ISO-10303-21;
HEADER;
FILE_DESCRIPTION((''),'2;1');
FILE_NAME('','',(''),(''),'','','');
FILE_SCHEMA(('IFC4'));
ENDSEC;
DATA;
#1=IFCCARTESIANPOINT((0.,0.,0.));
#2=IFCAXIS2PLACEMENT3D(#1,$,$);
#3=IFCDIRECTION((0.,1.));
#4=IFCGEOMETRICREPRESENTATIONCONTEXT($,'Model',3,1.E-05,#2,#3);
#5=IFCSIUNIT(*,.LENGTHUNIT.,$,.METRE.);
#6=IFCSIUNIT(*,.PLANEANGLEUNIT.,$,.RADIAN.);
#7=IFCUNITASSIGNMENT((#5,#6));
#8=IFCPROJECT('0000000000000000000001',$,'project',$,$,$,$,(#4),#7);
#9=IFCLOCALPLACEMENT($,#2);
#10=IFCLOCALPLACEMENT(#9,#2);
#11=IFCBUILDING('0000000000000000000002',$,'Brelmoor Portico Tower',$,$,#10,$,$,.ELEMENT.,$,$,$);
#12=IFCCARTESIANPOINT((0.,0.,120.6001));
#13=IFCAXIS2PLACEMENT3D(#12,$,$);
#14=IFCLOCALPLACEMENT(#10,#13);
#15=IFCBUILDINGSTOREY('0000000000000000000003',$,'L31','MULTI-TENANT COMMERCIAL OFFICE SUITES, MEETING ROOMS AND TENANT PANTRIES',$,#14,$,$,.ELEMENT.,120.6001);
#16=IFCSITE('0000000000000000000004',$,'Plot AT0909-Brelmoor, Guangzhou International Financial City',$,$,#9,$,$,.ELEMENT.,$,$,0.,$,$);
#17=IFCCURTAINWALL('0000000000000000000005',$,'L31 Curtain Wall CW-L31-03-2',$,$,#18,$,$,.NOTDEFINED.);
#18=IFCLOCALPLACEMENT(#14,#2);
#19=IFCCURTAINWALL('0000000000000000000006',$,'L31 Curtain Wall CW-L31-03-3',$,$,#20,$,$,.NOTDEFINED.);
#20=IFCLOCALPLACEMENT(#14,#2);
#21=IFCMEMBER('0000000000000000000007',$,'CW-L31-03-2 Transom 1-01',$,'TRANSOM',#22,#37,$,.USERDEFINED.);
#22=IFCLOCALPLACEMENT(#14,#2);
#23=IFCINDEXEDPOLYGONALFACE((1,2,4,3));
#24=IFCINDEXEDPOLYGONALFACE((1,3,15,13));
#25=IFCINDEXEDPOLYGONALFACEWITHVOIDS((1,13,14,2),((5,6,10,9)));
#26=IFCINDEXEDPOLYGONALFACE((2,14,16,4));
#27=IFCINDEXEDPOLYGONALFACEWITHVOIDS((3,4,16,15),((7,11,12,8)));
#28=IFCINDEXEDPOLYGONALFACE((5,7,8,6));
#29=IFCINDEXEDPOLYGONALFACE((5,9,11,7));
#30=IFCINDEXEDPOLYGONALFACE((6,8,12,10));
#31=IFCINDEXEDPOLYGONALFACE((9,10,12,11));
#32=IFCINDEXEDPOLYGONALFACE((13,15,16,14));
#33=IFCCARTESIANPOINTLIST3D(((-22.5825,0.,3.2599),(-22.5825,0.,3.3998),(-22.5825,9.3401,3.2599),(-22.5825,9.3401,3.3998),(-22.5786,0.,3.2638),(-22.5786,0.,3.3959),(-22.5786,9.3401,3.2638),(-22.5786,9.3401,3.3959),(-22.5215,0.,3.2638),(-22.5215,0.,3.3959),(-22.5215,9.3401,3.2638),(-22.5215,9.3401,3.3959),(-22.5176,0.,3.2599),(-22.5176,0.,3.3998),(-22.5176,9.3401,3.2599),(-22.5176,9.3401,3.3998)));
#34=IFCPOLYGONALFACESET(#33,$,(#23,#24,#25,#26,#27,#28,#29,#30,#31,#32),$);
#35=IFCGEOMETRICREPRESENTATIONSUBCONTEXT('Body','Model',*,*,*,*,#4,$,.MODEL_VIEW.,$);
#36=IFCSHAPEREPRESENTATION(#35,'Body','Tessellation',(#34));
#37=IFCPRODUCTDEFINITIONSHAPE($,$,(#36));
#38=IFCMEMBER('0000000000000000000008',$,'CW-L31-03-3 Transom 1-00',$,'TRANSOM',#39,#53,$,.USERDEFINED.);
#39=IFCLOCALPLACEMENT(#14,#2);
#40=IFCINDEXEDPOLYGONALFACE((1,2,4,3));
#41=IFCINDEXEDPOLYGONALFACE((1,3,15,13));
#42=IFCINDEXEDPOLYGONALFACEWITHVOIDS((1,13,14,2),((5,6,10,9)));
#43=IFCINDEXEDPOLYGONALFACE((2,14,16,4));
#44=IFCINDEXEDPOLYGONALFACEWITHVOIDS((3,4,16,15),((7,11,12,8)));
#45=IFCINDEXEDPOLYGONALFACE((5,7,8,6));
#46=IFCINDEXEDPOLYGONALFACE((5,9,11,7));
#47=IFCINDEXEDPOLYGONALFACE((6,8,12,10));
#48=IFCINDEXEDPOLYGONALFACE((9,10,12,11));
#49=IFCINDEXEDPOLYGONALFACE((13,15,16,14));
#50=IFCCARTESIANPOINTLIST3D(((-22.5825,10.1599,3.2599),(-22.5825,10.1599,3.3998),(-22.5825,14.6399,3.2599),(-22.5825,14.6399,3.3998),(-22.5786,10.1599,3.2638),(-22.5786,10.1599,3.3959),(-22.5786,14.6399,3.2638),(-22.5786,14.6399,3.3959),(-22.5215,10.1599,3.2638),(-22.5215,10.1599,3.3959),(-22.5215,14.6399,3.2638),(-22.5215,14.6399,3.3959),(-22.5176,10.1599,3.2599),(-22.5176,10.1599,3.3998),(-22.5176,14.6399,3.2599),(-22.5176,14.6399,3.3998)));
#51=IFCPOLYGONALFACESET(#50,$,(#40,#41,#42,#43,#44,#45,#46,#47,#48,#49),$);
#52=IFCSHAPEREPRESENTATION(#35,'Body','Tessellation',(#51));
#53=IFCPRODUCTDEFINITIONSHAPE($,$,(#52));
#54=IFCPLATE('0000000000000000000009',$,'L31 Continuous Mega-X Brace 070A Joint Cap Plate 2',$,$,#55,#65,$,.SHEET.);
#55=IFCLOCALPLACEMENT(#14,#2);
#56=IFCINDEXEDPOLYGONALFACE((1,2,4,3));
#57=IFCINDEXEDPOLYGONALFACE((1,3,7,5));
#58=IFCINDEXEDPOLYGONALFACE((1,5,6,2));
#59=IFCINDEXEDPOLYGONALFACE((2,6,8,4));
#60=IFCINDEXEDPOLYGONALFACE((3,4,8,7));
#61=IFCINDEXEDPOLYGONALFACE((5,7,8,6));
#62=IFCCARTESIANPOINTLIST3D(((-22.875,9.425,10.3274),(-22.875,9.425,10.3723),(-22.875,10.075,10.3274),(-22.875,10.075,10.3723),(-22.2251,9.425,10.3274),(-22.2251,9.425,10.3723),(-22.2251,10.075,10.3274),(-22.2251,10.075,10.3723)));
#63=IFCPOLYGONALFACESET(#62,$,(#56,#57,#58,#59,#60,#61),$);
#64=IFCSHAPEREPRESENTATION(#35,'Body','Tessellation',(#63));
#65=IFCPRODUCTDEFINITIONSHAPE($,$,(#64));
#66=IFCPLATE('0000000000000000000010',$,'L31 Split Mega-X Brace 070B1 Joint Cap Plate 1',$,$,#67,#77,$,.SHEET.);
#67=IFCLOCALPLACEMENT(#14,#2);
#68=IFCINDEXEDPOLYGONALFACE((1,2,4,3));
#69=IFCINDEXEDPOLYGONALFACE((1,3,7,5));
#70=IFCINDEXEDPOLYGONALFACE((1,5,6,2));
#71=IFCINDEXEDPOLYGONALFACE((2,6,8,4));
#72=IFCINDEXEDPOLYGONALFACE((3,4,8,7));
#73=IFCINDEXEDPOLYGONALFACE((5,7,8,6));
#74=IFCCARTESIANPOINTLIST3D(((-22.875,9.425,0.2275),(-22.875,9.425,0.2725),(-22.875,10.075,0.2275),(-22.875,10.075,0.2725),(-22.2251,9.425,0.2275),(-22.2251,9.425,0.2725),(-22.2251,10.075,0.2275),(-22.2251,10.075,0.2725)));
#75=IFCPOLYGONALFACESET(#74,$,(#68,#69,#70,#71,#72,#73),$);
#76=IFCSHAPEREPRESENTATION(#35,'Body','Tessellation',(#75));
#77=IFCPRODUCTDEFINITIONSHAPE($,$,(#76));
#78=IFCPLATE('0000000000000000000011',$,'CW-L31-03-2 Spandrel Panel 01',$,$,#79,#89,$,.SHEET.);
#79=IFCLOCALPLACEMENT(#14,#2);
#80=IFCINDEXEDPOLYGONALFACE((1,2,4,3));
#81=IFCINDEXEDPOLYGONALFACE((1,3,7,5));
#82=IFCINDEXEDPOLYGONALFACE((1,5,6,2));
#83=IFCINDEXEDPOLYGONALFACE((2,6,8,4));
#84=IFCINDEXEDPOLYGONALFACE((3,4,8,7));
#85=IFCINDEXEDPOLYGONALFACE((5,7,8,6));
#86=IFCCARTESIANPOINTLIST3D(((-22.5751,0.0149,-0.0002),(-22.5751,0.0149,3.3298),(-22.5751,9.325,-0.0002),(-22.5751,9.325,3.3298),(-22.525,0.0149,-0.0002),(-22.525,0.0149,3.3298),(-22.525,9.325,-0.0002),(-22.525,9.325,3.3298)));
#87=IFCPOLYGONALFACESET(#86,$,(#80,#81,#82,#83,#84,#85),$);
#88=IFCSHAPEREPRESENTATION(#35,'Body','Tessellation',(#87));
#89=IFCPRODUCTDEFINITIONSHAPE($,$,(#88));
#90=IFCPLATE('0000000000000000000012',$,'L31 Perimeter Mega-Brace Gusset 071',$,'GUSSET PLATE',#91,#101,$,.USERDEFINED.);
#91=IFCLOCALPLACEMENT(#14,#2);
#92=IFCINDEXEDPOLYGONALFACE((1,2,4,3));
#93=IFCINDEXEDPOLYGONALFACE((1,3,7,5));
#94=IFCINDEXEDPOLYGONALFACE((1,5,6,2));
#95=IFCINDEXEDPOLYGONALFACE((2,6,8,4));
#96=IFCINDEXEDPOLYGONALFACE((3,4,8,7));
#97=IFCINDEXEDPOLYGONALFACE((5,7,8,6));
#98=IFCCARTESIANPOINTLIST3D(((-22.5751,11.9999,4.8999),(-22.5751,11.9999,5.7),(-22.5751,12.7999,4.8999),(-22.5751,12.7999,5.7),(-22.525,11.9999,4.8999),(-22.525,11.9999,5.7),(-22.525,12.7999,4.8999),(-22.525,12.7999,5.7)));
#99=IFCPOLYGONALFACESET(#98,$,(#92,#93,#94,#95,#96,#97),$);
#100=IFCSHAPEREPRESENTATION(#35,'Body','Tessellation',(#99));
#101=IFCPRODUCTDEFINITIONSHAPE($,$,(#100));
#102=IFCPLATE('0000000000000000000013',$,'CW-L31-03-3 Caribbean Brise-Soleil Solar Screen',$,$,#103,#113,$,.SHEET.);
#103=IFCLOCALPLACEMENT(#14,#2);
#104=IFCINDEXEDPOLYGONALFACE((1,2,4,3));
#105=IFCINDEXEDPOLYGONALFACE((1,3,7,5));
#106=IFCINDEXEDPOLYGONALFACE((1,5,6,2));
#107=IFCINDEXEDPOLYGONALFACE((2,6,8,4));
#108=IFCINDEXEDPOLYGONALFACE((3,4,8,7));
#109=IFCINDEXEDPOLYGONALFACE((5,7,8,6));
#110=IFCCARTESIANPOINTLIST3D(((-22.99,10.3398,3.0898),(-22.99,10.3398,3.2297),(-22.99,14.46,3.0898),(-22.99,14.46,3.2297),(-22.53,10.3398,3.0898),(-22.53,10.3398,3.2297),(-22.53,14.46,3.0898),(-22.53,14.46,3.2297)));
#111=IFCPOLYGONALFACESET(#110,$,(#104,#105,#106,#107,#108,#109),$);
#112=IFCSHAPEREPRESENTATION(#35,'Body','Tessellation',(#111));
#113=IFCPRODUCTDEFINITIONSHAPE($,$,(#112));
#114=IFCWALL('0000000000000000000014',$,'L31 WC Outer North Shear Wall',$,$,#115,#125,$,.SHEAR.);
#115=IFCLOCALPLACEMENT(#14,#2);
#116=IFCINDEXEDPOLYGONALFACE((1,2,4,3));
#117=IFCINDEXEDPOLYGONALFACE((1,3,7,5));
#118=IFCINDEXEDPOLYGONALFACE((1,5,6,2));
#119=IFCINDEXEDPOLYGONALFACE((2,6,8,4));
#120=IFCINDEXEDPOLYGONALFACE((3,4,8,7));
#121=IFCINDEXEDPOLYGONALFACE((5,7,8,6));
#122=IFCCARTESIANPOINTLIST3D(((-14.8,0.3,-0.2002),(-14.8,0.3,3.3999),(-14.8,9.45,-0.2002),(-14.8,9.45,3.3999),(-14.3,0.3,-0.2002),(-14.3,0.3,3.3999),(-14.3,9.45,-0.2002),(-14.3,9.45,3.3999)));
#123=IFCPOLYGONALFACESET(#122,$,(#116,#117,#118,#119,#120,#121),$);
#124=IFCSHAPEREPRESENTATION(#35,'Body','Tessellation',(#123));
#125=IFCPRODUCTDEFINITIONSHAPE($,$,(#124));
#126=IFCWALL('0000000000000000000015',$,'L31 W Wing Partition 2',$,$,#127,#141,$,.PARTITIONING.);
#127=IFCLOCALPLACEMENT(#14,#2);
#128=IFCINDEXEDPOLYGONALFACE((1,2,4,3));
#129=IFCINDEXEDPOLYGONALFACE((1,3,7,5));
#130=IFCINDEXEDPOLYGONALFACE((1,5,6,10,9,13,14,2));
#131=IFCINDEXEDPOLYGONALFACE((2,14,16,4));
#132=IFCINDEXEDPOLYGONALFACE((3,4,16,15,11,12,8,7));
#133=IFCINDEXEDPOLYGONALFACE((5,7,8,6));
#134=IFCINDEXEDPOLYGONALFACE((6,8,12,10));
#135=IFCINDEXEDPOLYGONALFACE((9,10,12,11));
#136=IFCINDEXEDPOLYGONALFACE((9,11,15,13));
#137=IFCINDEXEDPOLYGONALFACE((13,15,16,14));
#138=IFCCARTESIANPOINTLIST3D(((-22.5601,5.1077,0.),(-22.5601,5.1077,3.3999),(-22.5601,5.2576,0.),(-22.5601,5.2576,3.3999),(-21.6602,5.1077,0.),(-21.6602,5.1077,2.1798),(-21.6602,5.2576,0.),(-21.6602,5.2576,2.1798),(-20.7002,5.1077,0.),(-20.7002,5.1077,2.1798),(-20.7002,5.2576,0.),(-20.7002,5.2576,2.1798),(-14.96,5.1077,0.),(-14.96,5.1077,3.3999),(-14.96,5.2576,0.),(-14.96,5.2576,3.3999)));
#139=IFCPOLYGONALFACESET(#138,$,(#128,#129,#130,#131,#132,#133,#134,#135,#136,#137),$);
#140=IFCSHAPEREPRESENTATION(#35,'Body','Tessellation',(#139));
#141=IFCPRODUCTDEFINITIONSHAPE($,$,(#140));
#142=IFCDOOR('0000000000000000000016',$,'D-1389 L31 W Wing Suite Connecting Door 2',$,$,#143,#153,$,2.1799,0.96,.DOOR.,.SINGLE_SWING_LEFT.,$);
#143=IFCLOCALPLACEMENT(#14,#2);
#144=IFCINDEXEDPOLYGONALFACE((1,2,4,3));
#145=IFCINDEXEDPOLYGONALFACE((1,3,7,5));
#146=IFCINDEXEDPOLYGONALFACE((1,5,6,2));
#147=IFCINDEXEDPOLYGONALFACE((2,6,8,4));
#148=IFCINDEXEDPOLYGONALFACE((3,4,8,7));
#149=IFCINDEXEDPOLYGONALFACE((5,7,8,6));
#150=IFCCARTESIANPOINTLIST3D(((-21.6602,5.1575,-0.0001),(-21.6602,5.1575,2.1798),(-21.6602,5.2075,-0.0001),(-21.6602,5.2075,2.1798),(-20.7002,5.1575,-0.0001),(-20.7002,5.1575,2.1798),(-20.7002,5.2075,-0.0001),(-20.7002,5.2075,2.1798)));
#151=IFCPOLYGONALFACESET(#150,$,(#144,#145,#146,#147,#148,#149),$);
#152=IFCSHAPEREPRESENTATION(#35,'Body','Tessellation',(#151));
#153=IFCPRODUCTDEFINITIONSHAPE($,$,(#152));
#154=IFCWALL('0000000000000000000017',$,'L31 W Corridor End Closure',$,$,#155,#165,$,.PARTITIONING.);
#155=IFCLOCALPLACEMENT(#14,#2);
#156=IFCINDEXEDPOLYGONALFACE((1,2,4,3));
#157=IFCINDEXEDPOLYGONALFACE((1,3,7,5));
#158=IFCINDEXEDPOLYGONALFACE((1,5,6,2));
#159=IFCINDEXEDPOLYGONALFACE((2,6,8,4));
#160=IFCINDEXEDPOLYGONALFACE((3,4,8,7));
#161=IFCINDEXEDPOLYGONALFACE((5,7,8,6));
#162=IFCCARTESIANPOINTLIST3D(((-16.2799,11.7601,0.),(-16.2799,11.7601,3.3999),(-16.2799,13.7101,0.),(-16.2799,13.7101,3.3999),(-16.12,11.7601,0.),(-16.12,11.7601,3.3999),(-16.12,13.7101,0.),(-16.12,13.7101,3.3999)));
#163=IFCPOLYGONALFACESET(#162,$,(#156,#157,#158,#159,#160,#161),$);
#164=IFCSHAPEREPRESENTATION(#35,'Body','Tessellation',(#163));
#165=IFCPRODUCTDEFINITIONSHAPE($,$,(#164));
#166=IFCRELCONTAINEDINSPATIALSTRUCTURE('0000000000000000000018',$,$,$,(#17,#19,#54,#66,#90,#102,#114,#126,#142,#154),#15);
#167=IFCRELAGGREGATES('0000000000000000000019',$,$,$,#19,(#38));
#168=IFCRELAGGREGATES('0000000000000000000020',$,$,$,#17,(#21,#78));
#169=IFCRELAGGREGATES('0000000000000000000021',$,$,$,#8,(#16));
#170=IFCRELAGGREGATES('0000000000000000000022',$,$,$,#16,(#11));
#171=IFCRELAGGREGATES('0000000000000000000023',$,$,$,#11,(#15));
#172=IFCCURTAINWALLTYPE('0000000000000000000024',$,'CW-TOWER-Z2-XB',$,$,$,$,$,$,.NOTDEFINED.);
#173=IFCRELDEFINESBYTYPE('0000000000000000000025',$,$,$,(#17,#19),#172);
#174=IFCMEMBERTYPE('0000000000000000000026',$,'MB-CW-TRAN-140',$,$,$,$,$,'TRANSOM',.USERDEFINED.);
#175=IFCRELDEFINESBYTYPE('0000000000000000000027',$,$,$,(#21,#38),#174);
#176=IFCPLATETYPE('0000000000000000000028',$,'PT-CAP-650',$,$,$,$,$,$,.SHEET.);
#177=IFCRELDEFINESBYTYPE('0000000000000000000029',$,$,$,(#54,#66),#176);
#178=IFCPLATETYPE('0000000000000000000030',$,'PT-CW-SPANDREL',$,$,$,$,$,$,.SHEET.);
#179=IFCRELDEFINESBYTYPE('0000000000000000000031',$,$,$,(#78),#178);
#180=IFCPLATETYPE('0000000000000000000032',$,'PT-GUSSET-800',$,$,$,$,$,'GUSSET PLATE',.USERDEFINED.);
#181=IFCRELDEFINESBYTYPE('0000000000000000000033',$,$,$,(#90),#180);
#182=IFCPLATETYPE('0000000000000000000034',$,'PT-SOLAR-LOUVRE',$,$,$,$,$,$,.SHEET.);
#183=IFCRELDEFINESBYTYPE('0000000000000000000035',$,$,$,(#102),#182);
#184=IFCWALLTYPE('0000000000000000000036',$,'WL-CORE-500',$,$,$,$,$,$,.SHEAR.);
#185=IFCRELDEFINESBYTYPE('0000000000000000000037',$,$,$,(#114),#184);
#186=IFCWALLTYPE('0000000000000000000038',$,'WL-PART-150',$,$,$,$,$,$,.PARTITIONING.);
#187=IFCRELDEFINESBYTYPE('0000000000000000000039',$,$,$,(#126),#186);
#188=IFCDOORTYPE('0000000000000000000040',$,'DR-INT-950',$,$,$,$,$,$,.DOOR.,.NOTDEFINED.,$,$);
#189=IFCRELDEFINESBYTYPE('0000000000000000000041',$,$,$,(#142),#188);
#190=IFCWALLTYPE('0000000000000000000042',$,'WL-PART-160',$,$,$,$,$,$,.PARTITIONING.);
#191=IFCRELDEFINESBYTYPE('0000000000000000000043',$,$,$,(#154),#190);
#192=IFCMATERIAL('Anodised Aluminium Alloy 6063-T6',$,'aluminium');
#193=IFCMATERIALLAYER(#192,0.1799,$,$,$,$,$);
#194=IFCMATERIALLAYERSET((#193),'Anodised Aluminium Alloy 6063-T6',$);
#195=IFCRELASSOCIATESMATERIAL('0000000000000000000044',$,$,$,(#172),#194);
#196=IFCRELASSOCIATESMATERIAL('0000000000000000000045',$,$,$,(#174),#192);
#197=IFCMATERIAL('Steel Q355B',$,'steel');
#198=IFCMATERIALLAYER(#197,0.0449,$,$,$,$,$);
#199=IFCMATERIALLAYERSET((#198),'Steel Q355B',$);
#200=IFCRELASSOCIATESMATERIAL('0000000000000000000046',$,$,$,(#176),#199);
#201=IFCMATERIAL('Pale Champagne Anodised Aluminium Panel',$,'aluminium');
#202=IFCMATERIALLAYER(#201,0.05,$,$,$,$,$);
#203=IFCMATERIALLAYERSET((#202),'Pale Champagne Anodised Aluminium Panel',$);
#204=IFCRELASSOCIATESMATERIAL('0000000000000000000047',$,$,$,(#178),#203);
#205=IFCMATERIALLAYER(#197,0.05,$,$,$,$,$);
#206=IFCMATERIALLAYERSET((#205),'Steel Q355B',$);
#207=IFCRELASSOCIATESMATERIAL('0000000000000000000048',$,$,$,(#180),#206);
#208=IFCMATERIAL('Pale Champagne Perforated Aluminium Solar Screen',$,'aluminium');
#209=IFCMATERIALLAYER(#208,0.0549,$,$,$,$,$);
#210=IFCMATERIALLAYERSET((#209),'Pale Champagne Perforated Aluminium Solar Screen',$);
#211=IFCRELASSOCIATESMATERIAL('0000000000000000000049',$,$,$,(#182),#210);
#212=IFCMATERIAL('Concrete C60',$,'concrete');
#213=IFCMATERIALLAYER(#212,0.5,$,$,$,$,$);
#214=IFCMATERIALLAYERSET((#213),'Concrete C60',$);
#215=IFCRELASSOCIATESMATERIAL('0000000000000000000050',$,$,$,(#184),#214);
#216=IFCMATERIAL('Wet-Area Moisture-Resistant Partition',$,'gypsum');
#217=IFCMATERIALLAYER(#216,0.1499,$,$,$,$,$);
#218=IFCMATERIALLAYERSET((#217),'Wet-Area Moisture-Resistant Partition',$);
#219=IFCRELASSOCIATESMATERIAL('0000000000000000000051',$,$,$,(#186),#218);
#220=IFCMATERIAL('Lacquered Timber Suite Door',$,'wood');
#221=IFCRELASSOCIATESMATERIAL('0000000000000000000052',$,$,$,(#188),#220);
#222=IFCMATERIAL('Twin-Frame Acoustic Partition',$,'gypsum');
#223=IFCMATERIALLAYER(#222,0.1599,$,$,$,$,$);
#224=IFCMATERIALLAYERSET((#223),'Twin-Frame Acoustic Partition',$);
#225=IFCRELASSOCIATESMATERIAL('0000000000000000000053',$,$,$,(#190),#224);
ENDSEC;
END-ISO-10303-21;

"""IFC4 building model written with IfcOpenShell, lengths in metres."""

from ifc_helpers import new_model, si_unit, direction, frame, frame_2d, origin, origin_2d, place, context, subcontext, project, spatial, rectangle, hollow_rectangle, extrude, material, layer, layer_set, material_profile, profile_set, type_object, element, fill, aggregate, save


model = new_model("IFC4")

# Units and contexts
model_context = context("Model", 3, precision=1e-05, world=origin(), true_north=direction((0.0, 1.0)))
body_context = subcontext(model_context, "Body", "Model", "MODEL_VIEW")
ifc_project = project(units=[si_unit("LENGTHUNIT", "METRE"), si_unit("PLANEANGLEUNIT", "RADIAN")], contexts=[model_context])

# Site, building, storey
site_placement = place(None, origin())
site = spatial("IfcSite", under=ifc_project, at=site_placement, Name="Plot AT0909-Brelmoor, Guangzhou International Financial City", CompositionType="ELEMENT", RefElevation=0.0)
building_placement = place(site_placement, origin())
building = spatial("IfcBuilding", under=site, at=building_placement, Name="Brelmoor Portico Tower", CompositionType="ELEMENT")
storey_placement = place(building_placement, frame((0.0, 0.0, 120.6001)))
storey = spatial("IfcBuildingStorey", under=building, at=storey_placement, Name="L31", Description="MULTI-TENANT COMMERCIAL OFFICE SUITES, MEETING ROOMS AND TENANT PANTRIES", CompositionType="ELEMENT", Elevation=120.6001)

# Shared definitions
ifc_material_1 = material(Name="Steel Q355B", Category="steel")

# Curtain wall
ifc_material_2 = material(Name="Anodised Aluminium Alloy 6063-T6", Category="aluminium")
ifc_layer_1 = layer(ifc_material_2, 0.1799)
ifc_layer_set_1 = layer_set([ifc_layer_1], Name="Anodised Aluminium Alloy 6063-T6")
curtain_wall_type = type_object("IfcCurtainWallType", Name="CW-TOWER-Z2-XB", PredefinedType="NOTDEFINED", material=ifc_layer_set_1)
curtain_wall_1_placement = place(storey_placement, origin())
curtain_wall_1 = element("IfcCurtainWall", 1, at=curtain_wall_1_placement, inside=storey, type_object=curtain_wall_type, Name="L31 Curtain Wall CW-L31-03-2", PredefinedType="NOTDEFINED")

# Curtain wall
curtain_wall_2_placement = place(storey_placement, origin())
curtain_wall_2 = element("IfcCurtainWall", 2, at=curtain_wall_2_placement, inside=storey, type_object=curtain_wall_type, Name="L31 Curtain Wall CW-L31-03-3", PredefinedType="NOTDEFINED")

# Members
ifc_material_profile_1 = material_profile(ifc_material_2, hollow_rectangle(XDim=0.0649, YDim=0.1399, WallThickness=0.0039, at=origin_2d()), Name="ALU TRANSOM 65x140")
ifc_profile_set_1 = profile_set([ifc_material_profile_1], Name="Anodised Aluminium Alloy 6063-T6")
member_type_1 = type_object("IfcMemberType", Name="MB-CW-TRAN-140", ElementType="TRANSOM", PredefinedType="USERDEFINED", material=ifc_profile_set_1)
member_1_placement = place(storey_placement, frame((-22.55, 0.0, 3.3298), z_axis=(0.0, 1.0, 0.0), x_axis=(-1.0, 0.0, 0.0)))
member_1 = element("IfcMember", 3, at=member_1_placement, type_object=member_type_1, Name="CW-L31-03-2 Transom 1-01", ObjectType="TRANSOM", PredefinedType="USERDEFINED", context=body_context, shape_type="SweptSolid", body=[
    extrude(hollow_rectangle(XDim=0.0649, YDim=0.1399, WallThickness=0.0039, at=origin_2d()), origin(), (0.0, 0.0, 1.0), 9.3401),
])
member_2_placement = place(storey_placement, frame((-22.55, 10.1599, 3.3298), z_axis=(0.0, 1.0, 0.0), x_axis=(-1.0, 0.0, 0.0)))
member_2 = element("IfcMember", 4, at=member_2_placement, type_object=member_type_1, Name="CW-L31-03-3 Transom 1-00", ObjectType="TRANSOM", PredefinedType="USERDEFINED", context=body_context, shape_type="SweptSolid", body=[
    extrude(hollow_rectangle(XDim=0.0649, YDim=0.1399, WallThickness=0.0039, at=origin_2d()), origin(), (0.0, 0.0, 1.0), 4.48),
])
aggregate(curtain_wall_2, [member_2])

# Plates
ifc_layer_2 = layer(ifc_material_1, 0.0449)
ifc_layer_set_2 = layer_set([ifc_layer_2], Name="Steel Q355B")
plate_type_1 = type_object("IfcPlateType", Name="PT-CAP-650", PredefinedType="SHEET", material=ifc_layer_set_2)
for number, where, z_axis, x_axis, name in (
    (5, (-22.55, 9.75, 10.3274), (0.0, 0.0, 1.0), (1.0, 0.0, 0.0), "L31 Continuous Mega-X Brace 070A Joint Cap Plate 2"),
    (6, (-22.55, 9.75, 0.2275), (0.0, 0.0, 1.0), (1.0, 0.0, 0.0), "L31 Split Mega-X Brace 070B1 Joint Cap Plate 1"),
):
    element("IfcPlate", number, at=place(storey_placement, frame(where, z_axis=z_axis, x_axis=x_axis)), inside=storey, type_object=plate_type_1, Name=name, PredefinedType="SHEET", context=body_context, shape_type="SweptSolid", body=[
        extrude(rectangle(XDim=0.6499, YDim=0.6499, at=origin_2d()), origin(), (0.0, 0.0, 1.0), 0.0449),
    ])

# Plate
ifc_material_3 = material(Name="Pale Champagne Anodised Aluminium Panel", Category="aluminium")
ifc_layer_3 = layer(ifc_material_3, 0.05)
ifc_layer_set_3 = layer_set([ifc_layer_3], Name="Pale Champagne Anodised Aluminium Panel")
plate_type_2 = type_object("IfcPlateType", Name="PT-CW-SPANDREL", PredefinedType="SHEET", material=ifc_layer_set_3)
plate_1_placement = place(storey_placement, frame((-22.55, 4.6699, -0.0002), z_axis=(0.0, 0.0, 1.0), x_axis=(0.0, 1.0, 0.0)))
plate_1 = element("IfcPlate", 7, at=plate_1_placement, type_object=plate_type_2, Name="CW-L31-03-2 Spandrel Panel 01", PredefinedType="SHEET", context=body_context, shape_type="SweptSolid", body=[
    extrude(rectangle(XDim=9.3101, YDim=0.05, at=origin_2d()), origin(), (0.0, 0.0, 1.0), 3.3301),
])
aggregate(curtain_wall_1, [member_1, plate_1])

# Plates
ifc_layer_4 = layer(ifc_material_1, 0.05)
ifc_layer_set_4 = layer_set([ifc_layer_4], Name="Steel Q355B")
plate_type_3 = type_object("IfcPlateType", Name="PT-GUSSET-800", ElementType="GUSSET PLATE", PredefinedType="USERDEFINED", material=ifc_layer_set_4)
plate_2_placement = place(storey_placement, frame((-22.55, 12.3999, 4.8999), z_axis=(0.0, 0.0, 1.0), x_axis=(1.0, 0.0, 0.0)))
element("IfcPlate", 8, at=plate_2_placement, inside=storey, type_object=plate_type_3, Name="L31 Perimeter Mega-Brace Gusset 071", ObjectType="GUSSET PLATE", PredefinedType="USERDEFINED", context=body_context, shape_type="SweptSolid", body=[
    extrude(rectangle(XDim=0.05, YDim=0.8, at=origin_2d()), origin(), (0.0, 0.0, 1.0), 0.8),
])
ifc_material_4 = material(Name="Pale Champagne Perforated Aluminium Solar Screen", Category="aluminium")
ifc_layer_5 = layer(ifc_material_4, 0.0549)
ifc_layer_set_5 = layer_set([ifc_layer_5], Name="Pale Champagne Perforated Aluminium Solar Screen")
plate_type_4 = type_object("IfcPlateType", Name="PT-SOLAR-LOUVRE", PredefinedType="SHEET", material=ifc_layer_set_5)
plate_3_placement = place(storey_placement, frame((-22.76, 12.3999, 3.0898), z_axis=(0.0, 0.0, 1.0), x_axis=(0.0, 1.0, 0.0)))
element("IfcPlate", 9, at=plate_3_placement, inside=storey, type_object=plate_type_4, Name="CW-L31-03-3 Caribbean Brise-Soleil Solar Screen", PredefinedType="SHEET", context=body_context, shape_type="SweptSolid", body=[
    extrude(rectangle(XDim=4.1201, YDim=0.46, at=origin_2d()), origin(), (0.0, 0.0, 1.0), 0.1399),
])

# Wall
ifc_material_5 = material(Name="Concrete C60", Category="concrete")
ifc_layer_6 = layer(ifc_material_5, 0.5)
ifc_layer_set_6 = layer_set([ifc_layer_6], Name="Concrete C60")
wall_type_1 = type_object("IfcWallType", Name="WL-CORE-500", PredefinedType="SHEAR", material=ifc_layer_set_6)
wall_1_placement = place(storey_placement, frame((-14.55, 0.3, -0.2002), z_axis=(0.0, 0.0, 1.0), x_axis=(0.0, 1.0, 0.0)))
element("IfcWall", 10, at=wall_1_placement, inside=storey, type_object=wall_type_1, Name="L31 WC Outer North Shear Wall", PredefinedType="SHEAR", context=body_context, shape_type="SweptSolid", body=[
    extrude(rectangle(XDim=9.1499, YDim=0.5, at=frame_2d((4.575, 0.0))), origin(), (0.0, 0.0, 1.0), 3.6001),
])

# Wall, opening, door
ifc_material_6 = material(Name="Wet-Area Moisture-Resistant Partition", Category="gypsum")
ifc_layer_7 = layer(ifc_material_6, 0.1499)
ifc_layer_set_7 = layer_set([ifc_layer_7], Name="Wet-Area Moisture-Resistant Partition")
wall_type_2 = type_object("IfcWallType", Name="WL-PART-150", PredefinedType="PARTITIONING", material=ifc_layer_set_7)
wall_2_placement = place(storey_placement, frame((-22.5601, 5.1826, 0.0), z_axis=(0.0, 0.0, 1.0), x_axis=(1.0, 0.0, 0.0)))
wall_2 = element("IfcWall", 11, at=wall_2_placement, inside=storey, type_object=wall_type_2, Name="L31 W Wing Partition 2", PredefinedType="PARTITIONING", context=body_context, shape_type="SweptSolid", body=[
    extrude(rectangle(XDim=7.6001, YDim=0.1499, at=frame_2d((3.8, 0.0))), origin(), (0.0, 0.0, 1.0), 3.3999),
])
opening_1_placement = place(wall_2_placement, frame((0.8999, 0.0, 0.0)))
opening_1 = element("IfcOpeningElement", 12, at=opening_1_placement, cuts=wall_2, PredefinedType="OPENING", context=body_context, shape_type="SweptSolid", body=[
    extrude(rectangle(XDim=0.96, YDim=2.1799, at=frame_2d((0.48, 1.0898))), frame((0.0, 0.085, 0.0), z_axis=(0.0, -1.0, 0.0), x_axis=(1.0, 0.0, 0.0)), (0.0, 0.0, 1.0), 0.1699),
])
ifc_material_7 = material(Name="Lacquered Timber Suite Door", Category="wood")
door_type_1 = type_object("IfcDoorType", Name="DR-INT-950", OperationType="NOTDEFINED", PredefinedType="DOOR", material=ifc_material_7)
door_1_placement = place(opening_1_placement, origin())
door_1 = element("IfcDoor", 13, at=door_1_placement, inside=storey, type_object=door_type_1, Name="D-1389 L31 W Wing Suite Connecting Door 2", OperationType="SINGLE_SWING_LEFT", OverallHeight=2.1799, OverallWidth=0.96, PredefinedType="DOOR", context=body_context, shape_type="SweptSolid", body=[
    extrude(rectangle(XDim=0.96, YDim=2.1799, at=frame_2d((0.48, 1.0898))), frame((0.0, 0.0249, 0.0), z_axis=(0.0, -1.0, 0.0), x_axis=(1.0, 0.0, 0.0)), (0.0, 0.0, 1.0), 0.05),
])
fill(opening_1, door_1)
ifc_material_8 = material(Name="Twin-Frame Acoustic Partition", Category="gypsum")
ifc_layer_8 = layer(ifc_material_8, 0.1599)
ifc_layer_set_8 = layer_set([ifc_layer_8], Name="Twin-Frame Acoustic Partition")
wall_type_3 = type_object("IfcWallType", Name="WL-PART-160", PredefinedType="PARTITIONING", material=ifc_layer_set_8)

# Wall
wall_3_placement = place(storey_placement, frame((-16.2, 11.76, 0.0), z_axis=(0.0, 0.0, 1.0), x_axis=(0.0, 1.0, 0.0)))
element("IfcWall", 14, at=wall_3_placement, inside=storey, type_object=wall_type_3, Name="L31 W Corridor End Closure", PredefinedType="PARTITIONING", context=body_context, shape_type="SweptSolid", body=[
    extrude(rectangle(XDim=1.95, YDim=0.1599, at=frame_2d((0.9751, 0.0))), origin(), (0.0, 0.0, 1.0), 3.3999),
])

save(model, "model.ifc")
